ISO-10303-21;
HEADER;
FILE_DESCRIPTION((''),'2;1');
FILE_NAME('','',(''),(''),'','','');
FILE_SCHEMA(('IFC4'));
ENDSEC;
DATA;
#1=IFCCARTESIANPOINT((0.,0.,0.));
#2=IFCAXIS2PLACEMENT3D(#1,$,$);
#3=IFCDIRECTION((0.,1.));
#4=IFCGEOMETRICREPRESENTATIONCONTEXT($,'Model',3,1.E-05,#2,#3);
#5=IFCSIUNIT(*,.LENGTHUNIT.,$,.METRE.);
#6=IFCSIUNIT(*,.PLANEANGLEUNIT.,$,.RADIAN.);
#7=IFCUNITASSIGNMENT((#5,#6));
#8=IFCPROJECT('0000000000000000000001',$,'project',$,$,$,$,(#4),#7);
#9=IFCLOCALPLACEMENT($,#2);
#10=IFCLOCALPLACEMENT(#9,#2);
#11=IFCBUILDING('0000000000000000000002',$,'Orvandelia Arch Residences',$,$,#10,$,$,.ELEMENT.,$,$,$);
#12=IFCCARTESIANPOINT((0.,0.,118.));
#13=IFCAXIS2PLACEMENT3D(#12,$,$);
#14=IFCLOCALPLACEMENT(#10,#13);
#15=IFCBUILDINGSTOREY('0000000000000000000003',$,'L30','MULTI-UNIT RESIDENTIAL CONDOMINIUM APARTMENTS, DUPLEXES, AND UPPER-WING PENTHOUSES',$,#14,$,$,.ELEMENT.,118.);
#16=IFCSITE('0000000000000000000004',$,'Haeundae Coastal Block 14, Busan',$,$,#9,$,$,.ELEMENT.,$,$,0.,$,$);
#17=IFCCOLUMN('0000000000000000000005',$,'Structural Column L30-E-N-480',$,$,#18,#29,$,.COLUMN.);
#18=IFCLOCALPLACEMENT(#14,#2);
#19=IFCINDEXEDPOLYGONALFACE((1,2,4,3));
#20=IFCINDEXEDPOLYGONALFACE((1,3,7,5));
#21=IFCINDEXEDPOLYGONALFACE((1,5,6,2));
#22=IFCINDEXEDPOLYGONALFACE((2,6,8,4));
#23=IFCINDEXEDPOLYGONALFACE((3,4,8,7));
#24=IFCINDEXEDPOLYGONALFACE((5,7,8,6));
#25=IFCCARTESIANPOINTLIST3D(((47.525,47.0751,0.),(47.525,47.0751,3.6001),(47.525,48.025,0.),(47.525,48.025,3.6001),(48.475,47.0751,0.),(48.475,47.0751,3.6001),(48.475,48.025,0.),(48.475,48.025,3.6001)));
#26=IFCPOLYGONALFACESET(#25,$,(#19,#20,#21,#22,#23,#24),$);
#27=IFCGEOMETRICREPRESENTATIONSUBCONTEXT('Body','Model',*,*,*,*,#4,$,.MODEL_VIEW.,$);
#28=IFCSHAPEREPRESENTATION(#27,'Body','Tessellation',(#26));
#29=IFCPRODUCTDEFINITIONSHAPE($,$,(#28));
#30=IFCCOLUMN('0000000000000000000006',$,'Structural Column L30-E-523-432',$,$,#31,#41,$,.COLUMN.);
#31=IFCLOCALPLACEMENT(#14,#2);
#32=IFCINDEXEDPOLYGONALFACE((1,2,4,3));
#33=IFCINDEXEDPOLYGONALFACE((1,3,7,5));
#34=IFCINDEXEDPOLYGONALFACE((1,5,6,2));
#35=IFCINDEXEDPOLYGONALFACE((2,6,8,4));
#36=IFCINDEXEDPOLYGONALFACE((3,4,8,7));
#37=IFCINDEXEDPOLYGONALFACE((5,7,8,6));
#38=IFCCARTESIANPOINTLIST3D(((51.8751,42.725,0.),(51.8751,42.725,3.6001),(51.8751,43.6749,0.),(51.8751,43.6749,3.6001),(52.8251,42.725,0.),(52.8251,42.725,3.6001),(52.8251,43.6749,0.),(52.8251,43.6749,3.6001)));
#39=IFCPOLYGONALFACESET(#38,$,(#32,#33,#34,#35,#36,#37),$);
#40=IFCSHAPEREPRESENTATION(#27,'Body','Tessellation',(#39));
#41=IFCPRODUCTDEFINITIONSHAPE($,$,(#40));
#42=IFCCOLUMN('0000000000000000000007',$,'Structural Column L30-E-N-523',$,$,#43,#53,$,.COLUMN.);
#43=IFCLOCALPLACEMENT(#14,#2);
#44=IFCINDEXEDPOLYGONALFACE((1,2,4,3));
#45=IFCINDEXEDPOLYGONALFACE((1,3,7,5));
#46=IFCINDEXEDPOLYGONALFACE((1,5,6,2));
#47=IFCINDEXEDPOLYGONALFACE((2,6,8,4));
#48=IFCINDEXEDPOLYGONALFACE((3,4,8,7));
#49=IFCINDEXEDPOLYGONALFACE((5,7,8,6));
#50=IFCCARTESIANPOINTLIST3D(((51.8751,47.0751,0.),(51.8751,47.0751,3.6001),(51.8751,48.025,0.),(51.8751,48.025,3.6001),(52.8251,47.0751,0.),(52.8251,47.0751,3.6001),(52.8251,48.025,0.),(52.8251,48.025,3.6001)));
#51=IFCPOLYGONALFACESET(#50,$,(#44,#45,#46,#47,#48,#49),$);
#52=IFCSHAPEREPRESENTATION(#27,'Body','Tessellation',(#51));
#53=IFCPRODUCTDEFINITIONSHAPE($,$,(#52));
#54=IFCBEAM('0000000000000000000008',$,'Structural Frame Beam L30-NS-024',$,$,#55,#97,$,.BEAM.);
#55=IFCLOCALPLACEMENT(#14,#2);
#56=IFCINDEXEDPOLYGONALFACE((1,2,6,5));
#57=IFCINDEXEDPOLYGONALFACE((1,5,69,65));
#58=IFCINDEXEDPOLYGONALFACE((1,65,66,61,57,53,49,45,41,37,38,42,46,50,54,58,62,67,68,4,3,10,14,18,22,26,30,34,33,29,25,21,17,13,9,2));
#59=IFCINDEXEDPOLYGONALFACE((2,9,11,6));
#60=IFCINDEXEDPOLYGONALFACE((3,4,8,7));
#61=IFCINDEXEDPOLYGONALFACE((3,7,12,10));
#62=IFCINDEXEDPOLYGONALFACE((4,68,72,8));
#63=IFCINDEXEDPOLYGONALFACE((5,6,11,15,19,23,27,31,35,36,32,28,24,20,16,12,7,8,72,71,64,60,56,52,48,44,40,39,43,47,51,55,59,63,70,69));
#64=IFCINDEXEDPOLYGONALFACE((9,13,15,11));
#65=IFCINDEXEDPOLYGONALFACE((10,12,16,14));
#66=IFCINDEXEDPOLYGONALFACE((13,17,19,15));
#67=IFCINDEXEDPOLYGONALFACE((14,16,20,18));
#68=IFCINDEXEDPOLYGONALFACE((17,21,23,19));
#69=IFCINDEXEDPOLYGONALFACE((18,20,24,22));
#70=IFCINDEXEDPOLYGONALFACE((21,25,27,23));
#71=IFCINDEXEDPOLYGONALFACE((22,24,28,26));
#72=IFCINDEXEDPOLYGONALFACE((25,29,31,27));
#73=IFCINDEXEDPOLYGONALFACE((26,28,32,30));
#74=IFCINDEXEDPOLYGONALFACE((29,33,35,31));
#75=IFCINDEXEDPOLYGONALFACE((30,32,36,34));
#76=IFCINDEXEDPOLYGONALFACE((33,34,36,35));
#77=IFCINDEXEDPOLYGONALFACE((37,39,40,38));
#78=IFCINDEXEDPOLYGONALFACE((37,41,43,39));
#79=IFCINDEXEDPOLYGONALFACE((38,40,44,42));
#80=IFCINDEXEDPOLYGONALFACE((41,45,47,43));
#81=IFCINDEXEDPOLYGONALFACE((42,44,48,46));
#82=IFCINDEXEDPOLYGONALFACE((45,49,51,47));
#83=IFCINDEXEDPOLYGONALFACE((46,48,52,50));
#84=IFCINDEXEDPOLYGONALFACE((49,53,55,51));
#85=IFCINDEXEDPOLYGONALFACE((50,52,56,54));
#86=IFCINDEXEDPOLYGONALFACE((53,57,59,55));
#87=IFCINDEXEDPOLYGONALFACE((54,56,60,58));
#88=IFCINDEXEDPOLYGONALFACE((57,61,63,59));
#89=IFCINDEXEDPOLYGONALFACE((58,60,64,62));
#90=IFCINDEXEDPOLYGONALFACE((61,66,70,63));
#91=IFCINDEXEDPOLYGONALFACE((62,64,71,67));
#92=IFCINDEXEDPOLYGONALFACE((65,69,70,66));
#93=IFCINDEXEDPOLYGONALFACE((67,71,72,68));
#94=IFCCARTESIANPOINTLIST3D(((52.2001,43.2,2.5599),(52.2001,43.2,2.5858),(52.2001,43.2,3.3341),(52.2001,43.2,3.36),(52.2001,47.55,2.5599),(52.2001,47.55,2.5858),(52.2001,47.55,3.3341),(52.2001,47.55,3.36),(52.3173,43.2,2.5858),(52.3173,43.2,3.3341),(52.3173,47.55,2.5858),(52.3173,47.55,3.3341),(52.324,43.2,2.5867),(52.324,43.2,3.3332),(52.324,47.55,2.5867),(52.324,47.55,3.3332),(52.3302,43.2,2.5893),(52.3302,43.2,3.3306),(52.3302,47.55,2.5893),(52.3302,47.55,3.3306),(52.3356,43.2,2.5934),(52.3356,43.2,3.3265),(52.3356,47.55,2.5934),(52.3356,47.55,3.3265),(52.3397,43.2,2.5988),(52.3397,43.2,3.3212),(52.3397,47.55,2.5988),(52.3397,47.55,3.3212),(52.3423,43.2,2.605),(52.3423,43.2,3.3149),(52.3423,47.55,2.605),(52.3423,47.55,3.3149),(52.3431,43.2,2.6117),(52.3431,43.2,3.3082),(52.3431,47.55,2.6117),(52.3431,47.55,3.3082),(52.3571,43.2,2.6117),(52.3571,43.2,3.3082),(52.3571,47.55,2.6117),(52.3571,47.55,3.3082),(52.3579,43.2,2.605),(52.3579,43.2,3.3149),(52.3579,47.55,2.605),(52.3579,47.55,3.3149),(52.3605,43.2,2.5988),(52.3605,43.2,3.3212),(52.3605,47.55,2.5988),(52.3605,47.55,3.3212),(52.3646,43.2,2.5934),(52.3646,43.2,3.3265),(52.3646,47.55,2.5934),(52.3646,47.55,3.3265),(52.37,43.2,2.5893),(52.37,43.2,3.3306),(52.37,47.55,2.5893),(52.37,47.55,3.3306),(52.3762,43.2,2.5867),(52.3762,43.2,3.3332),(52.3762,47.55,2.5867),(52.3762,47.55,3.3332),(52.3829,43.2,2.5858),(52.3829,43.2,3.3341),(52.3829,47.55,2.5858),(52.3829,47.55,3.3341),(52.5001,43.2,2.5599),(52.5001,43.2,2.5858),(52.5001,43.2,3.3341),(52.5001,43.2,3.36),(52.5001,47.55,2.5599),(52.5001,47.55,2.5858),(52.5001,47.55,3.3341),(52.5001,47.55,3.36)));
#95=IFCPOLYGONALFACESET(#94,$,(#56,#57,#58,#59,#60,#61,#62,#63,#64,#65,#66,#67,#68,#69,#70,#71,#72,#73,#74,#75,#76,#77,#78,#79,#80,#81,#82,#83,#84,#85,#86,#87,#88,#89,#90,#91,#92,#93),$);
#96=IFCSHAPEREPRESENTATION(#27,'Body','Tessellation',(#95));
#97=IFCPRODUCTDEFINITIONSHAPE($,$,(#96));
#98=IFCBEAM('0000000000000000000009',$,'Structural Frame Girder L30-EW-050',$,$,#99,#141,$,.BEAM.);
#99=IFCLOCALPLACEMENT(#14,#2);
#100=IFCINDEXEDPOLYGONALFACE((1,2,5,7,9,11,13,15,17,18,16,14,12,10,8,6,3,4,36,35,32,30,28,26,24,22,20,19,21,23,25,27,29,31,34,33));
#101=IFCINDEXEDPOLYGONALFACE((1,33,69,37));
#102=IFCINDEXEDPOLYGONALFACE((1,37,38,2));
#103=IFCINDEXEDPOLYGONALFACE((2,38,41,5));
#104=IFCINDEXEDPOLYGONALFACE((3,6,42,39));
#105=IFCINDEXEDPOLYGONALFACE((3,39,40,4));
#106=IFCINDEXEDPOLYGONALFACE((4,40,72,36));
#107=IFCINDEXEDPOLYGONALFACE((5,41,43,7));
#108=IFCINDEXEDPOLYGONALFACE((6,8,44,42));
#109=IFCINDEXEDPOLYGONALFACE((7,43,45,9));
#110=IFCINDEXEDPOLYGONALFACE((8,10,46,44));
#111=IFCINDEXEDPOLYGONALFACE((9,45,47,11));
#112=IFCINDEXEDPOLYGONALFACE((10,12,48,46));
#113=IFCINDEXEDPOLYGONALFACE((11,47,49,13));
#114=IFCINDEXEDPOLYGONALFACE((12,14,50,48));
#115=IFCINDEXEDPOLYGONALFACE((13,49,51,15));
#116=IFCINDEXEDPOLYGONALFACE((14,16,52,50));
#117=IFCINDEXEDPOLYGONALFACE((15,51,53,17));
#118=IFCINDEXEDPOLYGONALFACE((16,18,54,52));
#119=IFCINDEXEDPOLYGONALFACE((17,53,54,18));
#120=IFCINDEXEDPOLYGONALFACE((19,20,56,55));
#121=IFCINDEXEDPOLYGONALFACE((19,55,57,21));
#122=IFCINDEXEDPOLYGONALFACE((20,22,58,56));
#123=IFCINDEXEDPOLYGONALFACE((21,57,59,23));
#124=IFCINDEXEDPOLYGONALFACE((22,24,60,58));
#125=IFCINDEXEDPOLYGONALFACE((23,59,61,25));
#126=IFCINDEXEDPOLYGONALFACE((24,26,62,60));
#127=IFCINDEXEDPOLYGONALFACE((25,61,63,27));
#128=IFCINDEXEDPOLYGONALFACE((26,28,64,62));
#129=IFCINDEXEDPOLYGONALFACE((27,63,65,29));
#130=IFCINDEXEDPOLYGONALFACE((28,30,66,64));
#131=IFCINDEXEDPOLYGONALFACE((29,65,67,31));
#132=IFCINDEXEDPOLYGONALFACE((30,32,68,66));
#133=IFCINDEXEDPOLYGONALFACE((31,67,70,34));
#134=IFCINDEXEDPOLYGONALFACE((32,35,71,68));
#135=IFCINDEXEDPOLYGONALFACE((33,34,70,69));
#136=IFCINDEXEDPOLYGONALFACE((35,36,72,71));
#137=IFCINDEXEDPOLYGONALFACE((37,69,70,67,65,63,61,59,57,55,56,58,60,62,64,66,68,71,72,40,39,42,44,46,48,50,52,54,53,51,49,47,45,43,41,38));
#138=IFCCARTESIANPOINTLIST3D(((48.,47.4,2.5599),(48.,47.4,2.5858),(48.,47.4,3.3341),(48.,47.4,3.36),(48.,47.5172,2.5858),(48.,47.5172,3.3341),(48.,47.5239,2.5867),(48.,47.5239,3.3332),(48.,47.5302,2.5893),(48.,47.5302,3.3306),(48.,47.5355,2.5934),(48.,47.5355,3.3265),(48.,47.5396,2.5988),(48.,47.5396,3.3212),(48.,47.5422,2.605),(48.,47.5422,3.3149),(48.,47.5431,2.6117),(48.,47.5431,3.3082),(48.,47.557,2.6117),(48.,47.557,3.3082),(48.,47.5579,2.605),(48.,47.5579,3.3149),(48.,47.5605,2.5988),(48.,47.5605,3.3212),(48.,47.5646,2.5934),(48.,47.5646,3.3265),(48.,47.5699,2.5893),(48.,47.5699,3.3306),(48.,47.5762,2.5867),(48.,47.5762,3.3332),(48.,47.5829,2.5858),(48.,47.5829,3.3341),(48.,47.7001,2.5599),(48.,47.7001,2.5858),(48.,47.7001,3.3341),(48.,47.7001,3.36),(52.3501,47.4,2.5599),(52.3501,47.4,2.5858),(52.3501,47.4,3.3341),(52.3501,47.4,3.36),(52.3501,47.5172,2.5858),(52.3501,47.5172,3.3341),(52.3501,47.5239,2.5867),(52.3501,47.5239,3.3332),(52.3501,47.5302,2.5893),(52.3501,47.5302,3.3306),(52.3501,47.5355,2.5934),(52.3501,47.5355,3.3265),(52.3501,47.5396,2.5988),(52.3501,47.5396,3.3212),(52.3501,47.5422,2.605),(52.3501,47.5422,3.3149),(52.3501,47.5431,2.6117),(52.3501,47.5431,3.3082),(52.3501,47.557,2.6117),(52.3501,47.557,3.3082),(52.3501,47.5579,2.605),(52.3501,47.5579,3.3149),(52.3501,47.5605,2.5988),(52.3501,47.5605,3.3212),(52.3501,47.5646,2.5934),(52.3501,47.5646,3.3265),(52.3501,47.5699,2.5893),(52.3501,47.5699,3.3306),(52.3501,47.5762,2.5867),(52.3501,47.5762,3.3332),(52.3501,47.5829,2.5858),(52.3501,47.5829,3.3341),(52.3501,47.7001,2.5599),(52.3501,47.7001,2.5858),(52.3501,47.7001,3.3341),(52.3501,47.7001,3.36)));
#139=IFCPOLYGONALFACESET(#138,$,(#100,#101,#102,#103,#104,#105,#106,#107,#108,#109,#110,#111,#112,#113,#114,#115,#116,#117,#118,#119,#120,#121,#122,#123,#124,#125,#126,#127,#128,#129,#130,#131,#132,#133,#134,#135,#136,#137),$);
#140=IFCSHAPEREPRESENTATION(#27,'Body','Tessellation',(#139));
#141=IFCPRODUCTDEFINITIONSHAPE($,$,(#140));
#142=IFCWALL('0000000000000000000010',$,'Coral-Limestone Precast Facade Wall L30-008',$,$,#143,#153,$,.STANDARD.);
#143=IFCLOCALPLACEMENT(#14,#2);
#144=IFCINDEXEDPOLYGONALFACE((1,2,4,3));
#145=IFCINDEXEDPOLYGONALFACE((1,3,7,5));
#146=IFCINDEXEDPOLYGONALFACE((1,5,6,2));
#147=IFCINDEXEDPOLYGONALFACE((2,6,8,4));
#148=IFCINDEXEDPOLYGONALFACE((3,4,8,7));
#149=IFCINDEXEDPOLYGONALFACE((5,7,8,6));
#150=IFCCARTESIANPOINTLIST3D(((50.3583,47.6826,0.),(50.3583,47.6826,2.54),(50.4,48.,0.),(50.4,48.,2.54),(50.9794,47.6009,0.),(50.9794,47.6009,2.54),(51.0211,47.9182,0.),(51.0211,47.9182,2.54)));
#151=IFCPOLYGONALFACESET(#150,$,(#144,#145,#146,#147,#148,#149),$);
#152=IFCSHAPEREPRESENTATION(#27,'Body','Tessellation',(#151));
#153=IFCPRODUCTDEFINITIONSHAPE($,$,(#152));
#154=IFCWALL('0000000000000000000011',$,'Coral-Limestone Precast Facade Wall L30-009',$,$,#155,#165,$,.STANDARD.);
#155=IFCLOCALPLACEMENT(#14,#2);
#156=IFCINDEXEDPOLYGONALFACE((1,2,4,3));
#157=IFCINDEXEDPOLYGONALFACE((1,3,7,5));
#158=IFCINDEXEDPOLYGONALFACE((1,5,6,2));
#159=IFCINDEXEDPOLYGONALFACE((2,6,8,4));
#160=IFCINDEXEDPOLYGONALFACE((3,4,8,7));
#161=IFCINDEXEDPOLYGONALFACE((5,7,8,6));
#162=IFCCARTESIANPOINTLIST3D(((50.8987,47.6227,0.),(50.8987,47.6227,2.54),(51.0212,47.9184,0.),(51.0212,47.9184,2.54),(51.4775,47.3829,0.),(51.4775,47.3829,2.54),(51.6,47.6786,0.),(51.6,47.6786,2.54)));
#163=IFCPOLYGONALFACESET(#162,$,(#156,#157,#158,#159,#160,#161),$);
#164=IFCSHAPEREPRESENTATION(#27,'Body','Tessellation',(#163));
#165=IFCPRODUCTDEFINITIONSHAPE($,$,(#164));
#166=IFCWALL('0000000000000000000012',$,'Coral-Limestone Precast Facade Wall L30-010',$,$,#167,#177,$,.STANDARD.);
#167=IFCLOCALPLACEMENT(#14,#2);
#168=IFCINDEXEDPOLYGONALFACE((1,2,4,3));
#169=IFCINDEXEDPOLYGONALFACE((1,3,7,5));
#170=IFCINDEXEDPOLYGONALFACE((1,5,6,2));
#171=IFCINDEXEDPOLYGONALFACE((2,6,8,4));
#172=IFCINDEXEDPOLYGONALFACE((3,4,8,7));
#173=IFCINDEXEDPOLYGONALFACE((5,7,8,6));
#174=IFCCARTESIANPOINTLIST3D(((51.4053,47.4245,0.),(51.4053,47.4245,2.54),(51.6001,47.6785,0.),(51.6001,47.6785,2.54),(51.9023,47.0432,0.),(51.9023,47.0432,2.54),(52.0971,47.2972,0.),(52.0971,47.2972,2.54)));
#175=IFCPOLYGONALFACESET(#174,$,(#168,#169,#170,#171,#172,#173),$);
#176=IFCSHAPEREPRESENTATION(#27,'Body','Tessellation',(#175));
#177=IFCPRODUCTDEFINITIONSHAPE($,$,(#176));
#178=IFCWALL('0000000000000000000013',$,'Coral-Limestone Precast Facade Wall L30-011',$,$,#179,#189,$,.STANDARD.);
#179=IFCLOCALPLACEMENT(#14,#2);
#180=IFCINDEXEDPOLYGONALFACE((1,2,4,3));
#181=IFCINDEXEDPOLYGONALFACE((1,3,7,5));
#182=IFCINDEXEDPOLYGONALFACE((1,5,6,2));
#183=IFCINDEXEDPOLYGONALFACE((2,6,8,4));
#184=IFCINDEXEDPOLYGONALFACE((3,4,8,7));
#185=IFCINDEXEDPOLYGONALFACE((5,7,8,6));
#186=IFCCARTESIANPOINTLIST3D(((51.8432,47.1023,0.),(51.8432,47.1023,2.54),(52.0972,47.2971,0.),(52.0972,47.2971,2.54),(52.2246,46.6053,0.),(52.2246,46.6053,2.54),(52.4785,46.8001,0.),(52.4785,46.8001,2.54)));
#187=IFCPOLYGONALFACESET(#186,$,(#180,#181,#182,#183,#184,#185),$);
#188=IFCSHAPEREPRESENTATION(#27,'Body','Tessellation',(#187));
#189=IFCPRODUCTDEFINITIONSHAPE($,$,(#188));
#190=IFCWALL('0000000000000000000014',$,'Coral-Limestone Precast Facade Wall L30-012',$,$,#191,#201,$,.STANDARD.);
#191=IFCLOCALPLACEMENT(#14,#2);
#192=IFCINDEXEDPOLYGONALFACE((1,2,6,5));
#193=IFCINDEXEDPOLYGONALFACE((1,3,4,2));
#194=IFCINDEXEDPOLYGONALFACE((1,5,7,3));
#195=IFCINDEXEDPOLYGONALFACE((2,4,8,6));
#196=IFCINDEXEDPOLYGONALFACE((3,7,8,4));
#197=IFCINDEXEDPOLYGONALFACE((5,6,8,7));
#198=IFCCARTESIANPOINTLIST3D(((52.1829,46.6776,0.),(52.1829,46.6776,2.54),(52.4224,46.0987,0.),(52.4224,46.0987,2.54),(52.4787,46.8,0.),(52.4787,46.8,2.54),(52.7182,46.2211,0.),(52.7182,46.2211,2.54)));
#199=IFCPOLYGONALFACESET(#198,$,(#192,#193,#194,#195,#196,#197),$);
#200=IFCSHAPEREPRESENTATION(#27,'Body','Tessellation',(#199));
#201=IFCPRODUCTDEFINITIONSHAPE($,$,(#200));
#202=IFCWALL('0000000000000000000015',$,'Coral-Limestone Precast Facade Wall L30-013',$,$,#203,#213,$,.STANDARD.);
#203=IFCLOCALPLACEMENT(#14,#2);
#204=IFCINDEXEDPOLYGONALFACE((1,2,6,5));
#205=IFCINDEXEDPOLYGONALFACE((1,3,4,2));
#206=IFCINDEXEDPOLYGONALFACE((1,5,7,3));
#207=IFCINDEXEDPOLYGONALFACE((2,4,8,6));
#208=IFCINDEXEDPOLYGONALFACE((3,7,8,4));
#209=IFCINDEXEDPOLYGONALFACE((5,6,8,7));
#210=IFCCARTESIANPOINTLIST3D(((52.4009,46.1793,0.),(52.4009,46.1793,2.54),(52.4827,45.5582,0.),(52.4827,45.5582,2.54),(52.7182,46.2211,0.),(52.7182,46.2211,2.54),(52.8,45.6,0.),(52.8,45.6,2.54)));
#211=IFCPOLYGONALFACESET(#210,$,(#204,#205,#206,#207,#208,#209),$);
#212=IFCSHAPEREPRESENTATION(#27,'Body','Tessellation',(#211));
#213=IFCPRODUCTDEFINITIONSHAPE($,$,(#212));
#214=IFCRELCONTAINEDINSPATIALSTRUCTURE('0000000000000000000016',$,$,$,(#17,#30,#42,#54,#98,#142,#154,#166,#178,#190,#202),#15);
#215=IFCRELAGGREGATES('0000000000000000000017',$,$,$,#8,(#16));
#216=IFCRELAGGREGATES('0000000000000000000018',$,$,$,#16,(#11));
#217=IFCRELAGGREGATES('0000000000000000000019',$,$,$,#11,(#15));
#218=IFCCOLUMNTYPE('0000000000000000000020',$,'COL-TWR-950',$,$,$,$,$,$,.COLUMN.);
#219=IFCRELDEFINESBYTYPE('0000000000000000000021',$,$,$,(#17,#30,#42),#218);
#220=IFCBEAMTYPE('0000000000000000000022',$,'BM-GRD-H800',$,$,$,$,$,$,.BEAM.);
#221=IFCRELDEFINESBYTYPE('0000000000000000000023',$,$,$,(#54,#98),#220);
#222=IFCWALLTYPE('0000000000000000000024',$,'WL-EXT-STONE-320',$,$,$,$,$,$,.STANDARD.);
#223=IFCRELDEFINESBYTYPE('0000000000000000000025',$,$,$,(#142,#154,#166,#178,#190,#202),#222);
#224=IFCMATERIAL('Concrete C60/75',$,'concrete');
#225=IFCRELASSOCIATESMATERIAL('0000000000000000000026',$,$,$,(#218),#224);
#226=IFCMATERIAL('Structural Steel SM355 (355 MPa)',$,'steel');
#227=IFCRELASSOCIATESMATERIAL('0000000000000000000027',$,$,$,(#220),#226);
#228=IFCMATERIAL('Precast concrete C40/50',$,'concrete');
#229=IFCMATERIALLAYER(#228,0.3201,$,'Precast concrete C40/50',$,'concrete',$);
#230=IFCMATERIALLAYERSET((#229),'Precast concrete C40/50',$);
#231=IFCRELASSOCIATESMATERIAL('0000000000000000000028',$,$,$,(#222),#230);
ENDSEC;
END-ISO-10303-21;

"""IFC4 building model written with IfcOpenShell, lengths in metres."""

from ifc_helpers import new_model, si_unit, direction, frame, frame_2d, origin, origin_2d, place, context, subcontext, project, spatial, rectangle, i_section, extrude, material, layer, layer_set, material_profile, profile_set, type_object, element, save


model = new_model("IFC4")

# Units and contexts
model_context = context("Model", 3, precision=1e-05, world=origin(), true_north=direction((0.0, 1.0)))
body_context = subcontext(model_context, "Body", "Model", "MODEL_VIEW")
ifc_project = project(units=[si_unit("LENGTHUNIT", "METRE"), si_unit("PLANEANGLEUNIT", "RADIAN")], contexts=[model_context])

# Site, building, storey
site_placement = place(None, origin())
site = spatial("IfcSite", under=ifc_project, at=site_placement, Name="Haeundae Coastal Block 14, Busan", CompositionType="ELEMENT", RefElevation=0.0)
building_placement = place(site_placement, origin())
building = spatial("IfcBuilding", under=site, at=building_placement, Name="Orvandelia Arch Residences", CompositionType="ELEMENT")
storey_placement = place(building_placement, frame((0.0, 0.0, 118.0)))
storey = spatial("IfcBuildingStorey", under=building, at=storey_placement, Name="L30", Description="MULTI-UNIT RESIDENTIAL CONDOMINIUM APARTMENTS, DUPLEXES, AND UPPER-WING PENTHOUSES", CompositionType="ELEMENT", Elevation=118.0)

# Columns
ifc_material_1 = material(Name="Concrete C60/75", Category="concrete")
ifc_material_profile_1 = material_profile(ifc_material_1, rectangle(XDim=0.95, YDim=0.95, at=origin_2d()), Name="Concrete C60/75", Category="concrete")
ifc_profile_set_1 = profile_set([ifc_material_profile_1], Name="Concrete C60/75")
column_type = type_object("IfcColumnType", Name="COL-TWR-950", PredefinedType="COLUMN", material=ifc_profile_set_1)
for number, where, z_axis, x_axis, name in (
    (1, (48.0, 47.55, 0.0), (0.0, 0.0, 1.0), (1.0, 0.0, 0.0), "Structural Column L30-E-N-480"),
    (2, (52.3501, 43.2, 0.0), (0.0, 0.0, 1.0), (1.0, 0.0, 0.0), "Structural Column L30-E-523-432"),
    (3, (52.3501, 47.55, 0.0), (0.0, 0.0, 1.0), (1.0, 0.0, 0.0), "Structural Column L30-E-N-523"),
):
    element("IfcColumn", number, at=place(storey_placement, frame(where, z_axis=z_axis, x_axis=x_axis)), inside=storey, type_object=column_type, Name=name, PredefinedType="COLUMN", context=body_context, shape_type="SweptSolid", body=[
        extrude(rectangle(XDim=0.95, YDim=0.95, at=origin_2d()), origin(), (0.0, 0.0, 1.0), 3.6001),
    ])

# Beams
ifc_material_2 = material(Name="Structural Steel SM355 (355 MPa)", Category="steel")
ifc_material_profile_2 = material_profile(ifc_material_2, i_section(OverallWidth=0.3, OverallDepth=0.8, WebThickness=0.0139, FlangeThickness=0.0259, FilletRadius=0.0259, at=origin_2d()), Name="Structural Steel SM355 (355 MPa)", Category="steel")
ifc_profile_set_2 = profile_set([ifc_material_profile_2], Name="Structural Steel SM355 (355 MPa)")
beam_type = type_object("IfcBeamType", Name="BM-GRD-H800", PredefinedType="BEAM", material=ifc_profile_set_2)
for number, where, z_axis, x_axis, name in (
    (4, (52.3501, 43.2, 2.96), (0.0, 1.0, 0.0), (-1.0, 0.0, 0.0), "Structural Frame Beam L30-NS-024"),
    (5, (48.0, 47.55, 2.96), (1.0, 0.0, 0.0), (0.0, 1.0, 0.0), "Structural Frame Girder L30-EW-050"),
):
    element("IfcBeam", number, at=place(storey_placement, frame(where, z_axis=z_axis, x_axis=x_axis)), inside=storey, type_object=beam_type, Name=name, PredefinedType="BEAM", context=body_context, shape_type="SweptSolid", body=[
        extrude(i_section(OverallWidth=0.3, OverallDepth=0.8, WebThickness=0.0139, FlangeThickness=0.0259, FilletRadius=0.0259, at=origin_2d()), origin(), (0.0, 0.0, 1.0), 4.3501),
    ])

# Walls
ifc_material_3 = material(Name="Precast concrete C40/50", Category="concrete")
ifc_layer_1 = layer(ifc_material_3, 0.3201, Name="Precast concrete C40/50", Category="concrete")
ifc_layer_set_1 = layer_set([ifc_layer_1], Name="Precast concrete C40/50")
wall_type_1 = type_object("IfcWallType", Name="WL-EXT-STONE-320", PredefinedType="STANDARD", material=ifc_layer_set_1)
for number, where, z_axis, x_axis, name in (
    (6, (50.3792, 47.8413, 0.0), (0.0, 0.0, 1.0), (0.991441, -0.130555, 0.0), "Coral-Limestone Precast Facade Wall L30-008"),
    (7, (50.96, 47.7705, 0.0), (0.0, 0.0, 1.0), (0.923893, -0.38265, 0.0), "Coral-Limestone Precast Facade Wall L30-009"),
    (8, (51.5027, 47.5515, 0.0), (0.0, 0.0, 1.0), (0.793406, -0.608693, 0.0), "Coral-Limestone Precast Facade Wall L30-010"),
    (9, (51.9702, 47.1997, 0.0), (0.0, 0.0, 1.0), (0.608693, -0.793406, 0.0), "Coral-Limestone Precast Facade Wall L30-011"),
    (10, (52.3308, 46.7388, 0.0), (0.0, 0.0, 1.0), (0.382317, -0.924031, 0.0), "Coral-Limestone Precast Facade Wall L30-012"),
    (11, (52.5596, 46.2002, 0.0), (0.0, 0.0, 1.0), (0.130555, -0.991441, 0.0), "Coral-Limestone Precast Facade Wall L30-013"),
):
    element("IfcWall", number, at=place(storey_placement, frame(where, z_axis=z_axis, x_axis=x_axis)), inside=storey, type_object=wall_type_1, Name=name, PredefinedType="STANDARD", context=body_context, shape_type="SweptSolid", body=[
        extrude(rectangle(XDim=0.6265, YDim=0.3201, at=frame_2d((0.3132, 0.0))), origin(), (0.0, 0.0, 1.0), 2.54),
    ])

save(model, "model.ifc")
